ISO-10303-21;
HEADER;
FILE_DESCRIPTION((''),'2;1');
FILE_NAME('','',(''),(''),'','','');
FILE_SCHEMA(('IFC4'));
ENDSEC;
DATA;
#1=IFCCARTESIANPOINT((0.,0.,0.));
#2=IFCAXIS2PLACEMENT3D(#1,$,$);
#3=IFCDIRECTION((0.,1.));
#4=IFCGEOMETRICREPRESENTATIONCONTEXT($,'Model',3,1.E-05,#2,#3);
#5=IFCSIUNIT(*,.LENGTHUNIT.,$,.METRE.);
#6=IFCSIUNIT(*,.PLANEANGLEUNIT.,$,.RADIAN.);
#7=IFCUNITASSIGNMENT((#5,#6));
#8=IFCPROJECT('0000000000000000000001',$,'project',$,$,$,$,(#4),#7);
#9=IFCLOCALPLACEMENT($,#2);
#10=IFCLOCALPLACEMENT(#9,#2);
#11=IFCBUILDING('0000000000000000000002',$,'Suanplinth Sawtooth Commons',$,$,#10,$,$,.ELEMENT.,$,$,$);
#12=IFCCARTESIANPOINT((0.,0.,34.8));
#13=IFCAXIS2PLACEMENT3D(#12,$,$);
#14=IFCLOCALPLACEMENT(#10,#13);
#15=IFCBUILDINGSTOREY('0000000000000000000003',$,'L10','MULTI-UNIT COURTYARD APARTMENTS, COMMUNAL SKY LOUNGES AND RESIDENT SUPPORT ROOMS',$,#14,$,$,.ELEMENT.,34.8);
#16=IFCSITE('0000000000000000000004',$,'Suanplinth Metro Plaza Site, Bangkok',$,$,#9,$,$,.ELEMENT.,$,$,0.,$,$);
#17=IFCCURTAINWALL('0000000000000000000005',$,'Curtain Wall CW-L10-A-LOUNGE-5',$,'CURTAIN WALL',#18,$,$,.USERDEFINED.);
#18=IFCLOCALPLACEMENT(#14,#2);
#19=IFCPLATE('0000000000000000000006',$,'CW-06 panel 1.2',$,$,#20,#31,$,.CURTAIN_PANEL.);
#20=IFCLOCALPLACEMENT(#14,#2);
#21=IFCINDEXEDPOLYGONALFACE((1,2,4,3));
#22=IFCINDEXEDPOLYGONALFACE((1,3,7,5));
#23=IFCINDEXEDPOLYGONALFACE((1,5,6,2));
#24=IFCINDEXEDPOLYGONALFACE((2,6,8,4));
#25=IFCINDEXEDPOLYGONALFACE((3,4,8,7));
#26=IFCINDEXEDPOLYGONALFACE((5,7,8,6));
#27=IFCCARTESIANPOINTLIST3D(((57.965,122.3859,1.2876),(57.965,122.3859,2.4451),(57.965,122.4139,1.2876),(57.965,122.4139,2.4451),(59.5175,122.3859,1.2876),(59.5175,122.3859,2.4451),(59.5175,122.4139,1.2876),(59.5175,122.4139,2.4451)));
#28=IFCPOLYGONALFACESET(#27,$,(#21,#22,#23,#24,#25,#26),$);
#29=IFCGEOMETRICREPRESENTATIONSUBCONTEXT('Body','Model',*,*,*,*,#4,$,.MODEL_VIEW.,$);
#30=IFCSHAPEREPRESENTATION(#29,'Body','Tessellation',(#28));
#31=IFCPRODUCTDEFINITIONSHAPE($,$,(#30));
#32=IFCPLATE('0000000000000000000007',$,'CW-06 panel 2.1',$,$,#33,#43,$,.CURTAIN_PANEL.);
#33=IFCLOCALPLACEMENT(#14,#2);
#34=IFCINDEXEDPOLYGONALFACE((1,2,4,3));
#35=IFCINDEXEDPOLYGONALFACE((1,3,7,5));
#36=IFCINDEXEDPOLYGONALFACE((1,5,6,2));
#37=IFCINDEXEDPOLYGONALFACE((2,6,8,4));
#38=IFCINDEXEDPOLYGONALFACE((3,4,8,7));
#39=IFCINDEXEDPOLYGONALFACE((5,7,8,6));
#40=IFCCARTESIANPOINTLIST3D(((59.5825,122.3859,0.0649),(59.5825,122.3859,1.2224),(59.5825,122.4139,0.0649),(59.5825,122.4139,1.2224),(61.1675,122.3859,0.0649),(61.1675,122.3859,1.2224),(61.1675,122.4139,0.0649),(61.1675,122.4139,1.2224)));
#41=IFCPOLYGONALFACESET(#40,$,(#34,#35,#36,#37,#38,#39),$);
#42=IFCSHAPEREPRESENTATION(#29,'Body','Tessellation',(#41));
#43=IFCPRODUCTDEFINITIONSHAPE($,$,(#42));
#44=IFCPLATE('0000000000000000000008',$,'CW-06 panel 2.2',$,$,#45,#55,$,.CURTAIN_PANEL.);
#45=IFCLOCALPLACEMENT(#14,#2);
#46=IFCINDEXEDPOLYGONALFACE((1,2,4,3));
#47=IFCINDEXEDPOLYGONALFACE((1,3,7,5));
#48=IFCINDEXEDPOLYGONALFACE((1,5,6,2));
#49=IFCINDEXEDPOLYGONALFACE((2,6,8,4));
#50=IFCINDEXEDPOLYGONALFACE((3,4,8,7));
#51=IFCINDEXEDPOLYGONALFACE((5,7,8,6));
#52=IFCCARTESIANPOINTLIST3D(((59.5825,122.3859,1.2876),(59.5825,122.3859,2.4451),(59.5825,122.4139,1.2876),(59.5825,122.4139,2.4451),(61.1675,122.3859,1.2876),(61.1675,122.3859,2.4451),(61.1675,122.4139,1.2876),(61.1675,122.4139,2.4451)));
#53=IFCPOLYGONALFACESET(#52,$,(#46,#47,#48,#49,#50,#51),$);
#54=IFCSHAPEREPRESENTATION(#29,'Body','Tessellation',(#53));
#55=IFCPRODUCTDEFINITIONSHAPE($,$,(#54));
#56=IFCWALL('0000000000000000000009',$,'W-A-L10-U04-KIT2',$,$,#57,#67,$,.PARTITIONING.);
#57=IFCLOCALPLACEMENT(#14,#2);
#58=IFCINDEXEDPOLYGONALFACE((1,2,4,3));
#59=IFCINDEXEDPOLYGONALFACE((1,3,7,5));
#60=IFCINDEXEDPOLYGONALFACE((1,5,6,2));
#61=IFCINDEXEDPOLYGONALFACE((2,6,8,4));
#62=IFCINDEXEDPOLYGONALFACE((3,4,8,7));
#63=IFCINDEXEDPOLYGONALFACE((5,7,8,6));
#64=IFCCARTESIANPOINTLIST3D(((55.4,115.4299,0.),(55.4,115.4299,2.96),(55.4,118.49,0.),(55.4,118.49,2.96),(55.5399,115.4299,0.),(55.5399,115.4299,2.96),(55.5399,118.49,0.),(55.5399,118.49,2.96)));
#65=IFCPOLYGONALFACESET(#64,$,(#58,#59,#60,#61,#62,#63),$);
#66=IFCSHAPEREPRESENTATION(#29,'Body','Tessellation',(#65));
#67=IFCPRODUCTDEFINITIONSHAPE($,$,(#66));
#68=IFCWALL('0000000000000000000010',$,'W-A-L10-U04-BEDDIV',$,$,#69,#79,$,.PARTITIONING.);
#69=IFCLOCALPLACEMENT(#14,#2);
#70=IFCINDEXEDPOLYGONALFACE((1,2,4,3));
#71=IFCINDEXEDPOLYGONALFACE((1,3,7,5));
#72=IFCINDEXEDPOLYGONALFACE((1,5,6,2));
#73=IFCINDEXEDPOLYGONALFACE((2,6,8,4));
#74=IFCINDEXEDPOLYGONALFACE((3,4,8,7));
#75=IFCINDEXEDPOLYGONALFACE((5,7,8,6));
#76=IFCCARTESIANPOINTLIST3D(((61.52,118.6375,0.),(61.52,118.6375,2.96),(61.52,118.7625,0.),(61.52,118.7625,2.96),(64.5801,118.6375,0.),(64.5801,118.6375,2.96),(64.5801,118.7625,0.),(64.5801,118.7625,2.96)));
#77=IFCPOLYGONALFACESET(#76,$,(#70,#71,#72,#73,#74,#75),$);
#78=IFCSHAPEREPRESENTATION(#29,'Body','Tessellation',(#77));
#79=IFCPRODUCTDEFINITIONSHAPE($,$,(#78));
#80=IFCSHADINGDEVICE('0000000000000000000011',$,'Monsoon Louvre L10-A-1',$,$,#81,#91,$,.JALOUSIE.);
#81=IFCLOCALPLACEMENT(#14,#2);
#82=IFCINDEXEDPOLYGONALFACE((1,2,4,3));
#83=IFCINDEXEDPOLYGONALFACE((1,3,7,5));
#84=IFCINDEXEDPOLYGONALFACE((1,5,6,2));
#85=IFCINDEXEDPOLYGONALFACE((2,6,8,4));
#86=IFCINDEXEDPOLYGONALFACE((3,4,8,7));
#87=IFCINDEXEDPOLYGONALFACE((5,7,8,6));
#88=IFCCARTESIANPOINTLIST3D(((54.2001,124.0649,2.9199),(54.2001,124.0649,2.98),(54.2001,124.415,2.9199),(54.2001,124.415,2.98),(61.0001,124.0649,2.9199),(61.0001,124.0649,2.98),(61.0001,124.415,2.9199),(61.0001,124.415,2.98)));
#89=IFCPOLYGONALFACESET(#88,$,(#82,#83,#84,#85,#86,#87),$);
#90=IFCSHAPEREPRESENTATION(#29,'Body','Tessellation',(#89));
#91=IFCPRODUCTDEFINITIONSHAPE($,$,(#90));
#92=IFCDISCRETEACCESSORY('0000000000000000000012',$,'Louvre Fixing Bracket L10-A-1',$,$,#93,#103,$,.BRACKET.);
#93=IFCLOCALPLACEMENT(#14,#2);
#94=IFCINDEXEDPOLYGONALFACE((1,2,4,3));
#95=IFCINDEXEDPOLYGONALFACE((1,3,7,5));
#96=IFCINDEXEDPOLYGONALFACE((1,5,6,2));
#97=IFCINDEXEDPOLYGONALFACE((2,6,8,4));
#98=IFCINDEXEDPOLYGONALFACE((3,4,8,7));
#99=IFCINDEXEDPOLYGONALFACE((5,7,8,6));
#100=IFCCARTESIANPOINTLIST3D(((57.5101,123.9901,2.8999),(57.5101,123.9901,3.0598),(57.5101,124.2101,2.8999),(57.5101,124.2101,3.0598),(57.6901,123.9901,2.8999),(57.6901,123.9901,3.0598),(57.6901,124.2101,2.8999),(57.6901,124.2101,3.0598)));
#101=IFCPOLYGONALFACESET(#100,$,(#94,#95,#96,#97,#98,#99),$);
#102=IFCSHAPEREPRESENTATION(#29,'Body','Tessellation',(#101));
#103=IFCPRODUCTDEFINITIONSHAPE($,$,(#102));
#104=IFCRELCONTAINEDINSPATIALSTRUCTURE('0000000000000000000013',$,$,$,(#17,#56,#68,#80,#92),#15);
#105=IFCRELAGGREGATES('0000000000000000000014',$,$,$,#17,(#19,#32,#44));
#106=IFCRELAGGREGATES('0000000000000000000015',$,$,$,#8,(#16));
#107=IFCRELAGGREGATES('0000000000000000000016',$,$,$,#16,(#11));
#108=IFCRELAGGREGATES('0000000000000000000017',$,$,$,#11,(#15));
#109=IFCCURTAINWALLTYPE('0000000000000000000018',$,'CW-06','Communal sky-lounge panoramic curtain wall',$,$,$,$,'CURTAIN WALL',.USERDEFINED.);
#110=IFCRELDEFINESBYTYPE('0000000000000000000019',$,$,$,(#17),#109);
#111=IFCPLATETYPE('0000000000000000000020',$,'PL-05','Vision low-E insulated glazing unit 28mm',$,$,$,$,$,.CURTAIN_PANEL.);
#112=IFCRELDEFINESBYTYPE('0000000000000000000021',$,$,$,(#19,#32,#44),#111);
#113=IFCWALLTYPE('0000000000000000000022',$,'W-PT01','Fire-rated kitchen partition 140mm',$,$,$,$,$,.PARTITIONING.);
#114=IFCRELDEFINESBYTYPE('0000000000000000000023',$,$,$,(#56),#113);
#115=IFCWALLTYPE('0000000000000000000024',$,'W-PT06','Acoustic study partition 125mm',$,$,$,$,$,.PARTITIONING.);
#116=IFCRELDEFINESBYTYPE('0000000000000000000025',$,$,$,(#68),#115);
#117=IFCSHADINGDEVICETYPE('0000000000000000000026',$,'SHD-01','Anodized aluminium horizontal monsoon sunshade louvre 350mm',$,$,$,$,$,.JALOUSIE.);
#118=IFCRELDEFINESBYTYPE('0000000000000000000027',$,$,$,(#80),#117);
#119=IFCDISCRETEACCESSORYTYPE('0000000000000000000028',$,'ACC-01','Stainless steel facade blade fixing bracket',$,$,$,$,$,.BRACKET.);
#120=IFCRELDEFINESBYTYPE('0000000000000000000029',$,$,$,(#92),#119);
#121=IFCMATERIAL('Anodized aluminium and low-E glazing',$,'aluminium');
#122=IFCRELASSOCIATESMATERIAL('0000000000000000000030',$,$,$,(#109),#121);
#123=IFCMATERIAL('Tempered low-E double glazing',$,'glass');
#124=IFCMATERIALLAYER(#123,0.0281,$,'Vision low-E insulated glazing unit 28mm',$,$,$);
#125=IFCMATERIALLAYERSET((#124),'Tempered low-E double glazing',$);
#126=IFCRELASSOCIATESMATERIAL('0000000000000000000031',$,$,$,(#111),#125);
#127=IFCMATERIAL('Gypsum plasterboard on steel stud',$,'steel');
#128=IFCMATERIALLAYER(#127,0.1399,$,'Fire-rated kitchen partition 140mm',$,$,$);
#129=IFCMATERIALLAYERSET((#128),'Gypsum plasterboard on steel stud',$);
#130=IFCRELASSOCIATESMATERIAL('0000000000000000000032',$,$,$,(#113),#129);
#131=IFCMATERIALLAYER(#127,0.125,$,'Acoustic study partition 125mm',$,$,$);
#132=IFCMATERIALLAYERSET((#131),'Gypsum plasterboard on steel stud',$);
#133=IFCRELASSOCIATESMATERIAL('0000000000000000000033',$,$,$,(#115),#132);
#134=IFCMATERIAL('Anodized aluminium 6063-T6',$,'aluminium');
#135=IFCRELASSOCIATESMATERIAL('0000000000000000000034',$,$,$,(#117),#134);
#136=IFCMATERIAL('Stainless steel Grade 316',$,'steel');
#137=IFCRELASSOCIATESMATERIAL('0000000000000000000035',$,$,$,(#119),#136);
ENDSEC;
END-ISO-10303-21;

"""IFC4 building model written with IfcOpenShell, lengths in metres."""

from ifc_helpers import new_model, si_unit, direction, frame, frame_2d, origin, origin_2d, place, context, subcontext, project, spatial, rectangle, extrude, material, layer, layer_set, type_object, element, aggregate, save


model = new_model("IFC4")

# Units and contexts
model_context = context("Model", 3, precision=1e-05, world=origin(), true_north=direction((0.0, 1.0)))
body_context = subcontext(model_context, "Body", "Model", "MODEL_VIEW")
ifc_project = project(units=[si_unit("LENGTHUNIT", "METRE"), si_unit("PLANEANGLEUNIT", "RADIAN")], contexts=[model_context])

# Site, building, storey
site_placement = place(None, origin())
site = spatial("IfcSite", under=ifc_project, at=site_placement, Name="Suanplinth Metro Plaza Site, Bangkok", CompositionType="ELEMENT", RefElevation=0.0)
building_placement = place(site_placement, origin())
building = spatial("IfcBuilding", under=site, at=building_placement, Name="Suanplinth Sawtooth Commons", CompositionType="ELEMENT")
storey_placement = place(building_placement, frame((0.0, 0.0, 34.8)))
storey = spatial("IfcBuildingStorey", under=building, at=storey_placement, Name="L10", Description="MULTI-UNIT COURTYARD APARTMENTS, COMMUNAL SKY LOUNGES AND RESIDENT SUPPORT ROOMS", CompositionType="ELEMENT", Elevation=34.8)

# Curtain wall
ifc_material_1 = material(Name="Anodized aluminium and low-E glazing", Category="aluminium")
curtain_wall_type = type_object("IfcCurtainWallType", Name="CW-06", Description="Communal sky-lounge panoramic curtain wall", ElementType="CURTAIN WALL", PredefinedType="USERDEFINED", material=ifc_material_1)
curtain_wall_placement = place(storey_placement, origin())
curtain_wall = element("IfcCurtainWall", 1, at=curtain_wall_placement, inside=storey, type_object=curtain_wall_type, Name="Curtain Wall CW-L10-A-LOUNGE-5", ObjectType="CURTAIN WALL", PredefinedType="USERDEFINED")
ifc_material_2 = material(Name="Anodized aluminium 6063-T6", Category="aluminium")

# Plates
ifc_material_3 = material(Name="Tempered low-E double glazing", Category="glass")
ifc_layer_1 = layer(ifc_material_3, 0.0281, Name="Vision low-E insulated glazing unit 28mm")
ifc_layer_set_1 = layer_set([ifc_layer_1], Name="Tempered low-E double glazing")
plate_type_1 = type_object("IfcPlateType", Name="PL-05", Description="Vision low-E insulated glazing unit 28mm", PredefinedType="CURTAIN_PANEL", material=ifc_layer_set_1)
plate_1_placement = place(storey_placement, frame((58.7412, 122.3999, 1.2876), z_axis=(0.0, 0.0, 1.0), x_axis=(1.0, 0.0, 0.0)))
plate_1 = element("IfcPlate", 2, at=plate_1_placement, type_object=plate_type_1, Name="CW-06 panel 1.2", PredefinedType="CURTAIN_PANEL", context=body_context, shape_type="SweptSolid", body=[
    extrude(rectangle(XDim=1.5525, YDim=0.0281, at=origin_2d()), origin(), (0.0, 0.0, 1.0), 1.1575),
])
plate_2_placement = place(storey_placement, frame((60.375, 122.3999, 0.0649), z_axis=(0.0, 0.0, 1.0), x_axis=(1.0, 0.0, 0.0)))
plate_2 = element("IfcPlate", 3, at=plate_2_placement, type_object=plate_type_1, Name="CW-06 panel 2.1", PredefinedType="CURTAIN_PANEL", context=body_context, shape_type="SweptSolid", body=[
    extrude(rectangle(XDim=1.585, YDim=0.0281, at=origin_2d()), origin(), (0.0, 0.0, 1.0), 1.1575),
])
plate_3_placement = place(storey_placement, frame((60.375, 122.3999, 1.2876), z_axis=(0.0, 0.0, 1.0), x_axis=(1.0, 0.0, 0.0)))
plate_3 = element("IfcPlate", 4, at=plate_3_placement, type_object=plate_type_1, Name="CW-06 panel 2.2", PredefinedType="CURTAIN_PANEL", context=body_context, shape_type="SweptSolid", body=[
    extrude(rectangle(XDim=1.585, YDim=0.0281, at=origin_2d()), origin(), (0.0, 0.0, 1.0), 1.1575),
])
aggregate(curtain_wall, [plate_1, plate_2, plate_3])

# Wall
ifc_material_4 = material(Name="Gypsum plasterboard on steel stud", Category="steel")
ifc_layer_2 = layer(ifc_material_4, 0.1399, Name="Fire-rated kitchen partition 140mm")
ifc_layer_set_2 = layer_set([ifc_layer_2], Name="Gypsum plasterboard on steel stud")
wall_type_1 = type_object("IfcWallType", Name="W-PT01", Description="Fire-rated kitchen partition 140mm", PredefinedType="PARTITIONING", material=ifc_layer_set_2)
wall_1_placement = place(storey_placement, frame((55.47, 115.4299, 0.0), z_axis=(0.0, 0.0, 1.0), x_axis=(0.0, 1.0, 0.0)))
element("IfcWall", 5, at=wall_1_placement, inside=storey, type_object=wall_type_1, Name="W-A-L10-U04-KIT2", PredefinedType="PARTITIONING", context=body_context, shape_type="SweptSolid", body=[
    extrude(rectangle(XDim=3.0601, YDim=0.1399, at=frame_2d((1.53, 0.0))), origin(), (0.0, 0.0, 1.0), 2.96),
])

# Wall
ifc_layer_3 = layer(ifc_material_4, 0.125, Name="Acoustic study partition 125mm")
ifc_layer_set_3 = layer_set([ifc_layer_3], Name="Gypsum plasterboard on steel stud")
wall_type_2 = type_object("IfcWallType", Name="W-PT06", Description="Acoustic study partition 125mm", PredefinedType="PARTITIONING", material=ifc_layer_set_3)
wall_2_placement = place(storey_placement, frame((61.52, 118.7, 0.0), z_axis=(0.0, 0.0, 1.0), x_axis=(1.0, 0.0, 0.0)))
element("IfcWall", 6, at=wall_2_placement, inside=storey, type_object=wall_type_2, Name="W-A-L10-U04-BEDDIV", PredefinedType="PARTITIONING", context=body_context, shape_type="SweptSolid", body=[
    extrude(rectangle(XDim=3.0601, YDim=0.125, at=frame_2d((1.53, 0.0))), origin(), (0.0, 0.0, 1.0), 2.96),
])

# Shading device
shading_device_type = type_object("IfcShadingDeviceType", Name="SHD-01", Description="Anodized aluminium horizontal monsoon sunshade louvre 350mm", PredefinedType="JALOUSIE", material=ifc_material_2)
shading_device_placement = place(storey_placement, frame((57.6001, 124.24, 2.9199), z_axis=(0.0, 0.0, 1.0), x_axis=(1.0, 0.0, 0.0)))
element("IfcShadingDevice", 7, at=shading_device_placement, inside=storey, type_object=shading_device_type, Name="Monsoon Louvre L10-A-1", PredefinedType="JALOUSIE", context=body_context, shape_type="SweptSolid", body=[
    extrude(rectangle(XDim=6.8, YDim=0.3501, at=origin_2d()), origin(), (0.0, 0.0, 1.0), 0.0601),
])

# Discrete accessory
ifc_material_5 = material(Name="Stainless steel Grade 316", Category="steel")
discrete_accessory_type = type_object("IfcDiscreteAccessoryType", Name="ACC-01", Description="Stainless steel facade blade fixing bracket", PredefinedType="BRACKET", material=ifc_material_5)
discrete_accessory_placement = place(storey_placement, frame((57.6001, 124.1001, 2.8999), z_axis=(0.0, 0.0, 1.0), x_axis=(1.0, 0.0, 0.0)))
element("IfcDiscreteAccessory", 8, at=discrete_accessory_placement, inside=storey, type_object=discrete_accessory_type, Name="Louvre Fixing Bracket L10-A-1", PredefinedType="BRACKET", context=body_context, shape_type="SweptSolid", body=[
    extrude(rectangle(XDim=0.1799, YDim=0.22, at=origin_2d()), origin(), (0.0, 0.0, 1.0), 0.1599),
])

save(model, "model.ifc")
